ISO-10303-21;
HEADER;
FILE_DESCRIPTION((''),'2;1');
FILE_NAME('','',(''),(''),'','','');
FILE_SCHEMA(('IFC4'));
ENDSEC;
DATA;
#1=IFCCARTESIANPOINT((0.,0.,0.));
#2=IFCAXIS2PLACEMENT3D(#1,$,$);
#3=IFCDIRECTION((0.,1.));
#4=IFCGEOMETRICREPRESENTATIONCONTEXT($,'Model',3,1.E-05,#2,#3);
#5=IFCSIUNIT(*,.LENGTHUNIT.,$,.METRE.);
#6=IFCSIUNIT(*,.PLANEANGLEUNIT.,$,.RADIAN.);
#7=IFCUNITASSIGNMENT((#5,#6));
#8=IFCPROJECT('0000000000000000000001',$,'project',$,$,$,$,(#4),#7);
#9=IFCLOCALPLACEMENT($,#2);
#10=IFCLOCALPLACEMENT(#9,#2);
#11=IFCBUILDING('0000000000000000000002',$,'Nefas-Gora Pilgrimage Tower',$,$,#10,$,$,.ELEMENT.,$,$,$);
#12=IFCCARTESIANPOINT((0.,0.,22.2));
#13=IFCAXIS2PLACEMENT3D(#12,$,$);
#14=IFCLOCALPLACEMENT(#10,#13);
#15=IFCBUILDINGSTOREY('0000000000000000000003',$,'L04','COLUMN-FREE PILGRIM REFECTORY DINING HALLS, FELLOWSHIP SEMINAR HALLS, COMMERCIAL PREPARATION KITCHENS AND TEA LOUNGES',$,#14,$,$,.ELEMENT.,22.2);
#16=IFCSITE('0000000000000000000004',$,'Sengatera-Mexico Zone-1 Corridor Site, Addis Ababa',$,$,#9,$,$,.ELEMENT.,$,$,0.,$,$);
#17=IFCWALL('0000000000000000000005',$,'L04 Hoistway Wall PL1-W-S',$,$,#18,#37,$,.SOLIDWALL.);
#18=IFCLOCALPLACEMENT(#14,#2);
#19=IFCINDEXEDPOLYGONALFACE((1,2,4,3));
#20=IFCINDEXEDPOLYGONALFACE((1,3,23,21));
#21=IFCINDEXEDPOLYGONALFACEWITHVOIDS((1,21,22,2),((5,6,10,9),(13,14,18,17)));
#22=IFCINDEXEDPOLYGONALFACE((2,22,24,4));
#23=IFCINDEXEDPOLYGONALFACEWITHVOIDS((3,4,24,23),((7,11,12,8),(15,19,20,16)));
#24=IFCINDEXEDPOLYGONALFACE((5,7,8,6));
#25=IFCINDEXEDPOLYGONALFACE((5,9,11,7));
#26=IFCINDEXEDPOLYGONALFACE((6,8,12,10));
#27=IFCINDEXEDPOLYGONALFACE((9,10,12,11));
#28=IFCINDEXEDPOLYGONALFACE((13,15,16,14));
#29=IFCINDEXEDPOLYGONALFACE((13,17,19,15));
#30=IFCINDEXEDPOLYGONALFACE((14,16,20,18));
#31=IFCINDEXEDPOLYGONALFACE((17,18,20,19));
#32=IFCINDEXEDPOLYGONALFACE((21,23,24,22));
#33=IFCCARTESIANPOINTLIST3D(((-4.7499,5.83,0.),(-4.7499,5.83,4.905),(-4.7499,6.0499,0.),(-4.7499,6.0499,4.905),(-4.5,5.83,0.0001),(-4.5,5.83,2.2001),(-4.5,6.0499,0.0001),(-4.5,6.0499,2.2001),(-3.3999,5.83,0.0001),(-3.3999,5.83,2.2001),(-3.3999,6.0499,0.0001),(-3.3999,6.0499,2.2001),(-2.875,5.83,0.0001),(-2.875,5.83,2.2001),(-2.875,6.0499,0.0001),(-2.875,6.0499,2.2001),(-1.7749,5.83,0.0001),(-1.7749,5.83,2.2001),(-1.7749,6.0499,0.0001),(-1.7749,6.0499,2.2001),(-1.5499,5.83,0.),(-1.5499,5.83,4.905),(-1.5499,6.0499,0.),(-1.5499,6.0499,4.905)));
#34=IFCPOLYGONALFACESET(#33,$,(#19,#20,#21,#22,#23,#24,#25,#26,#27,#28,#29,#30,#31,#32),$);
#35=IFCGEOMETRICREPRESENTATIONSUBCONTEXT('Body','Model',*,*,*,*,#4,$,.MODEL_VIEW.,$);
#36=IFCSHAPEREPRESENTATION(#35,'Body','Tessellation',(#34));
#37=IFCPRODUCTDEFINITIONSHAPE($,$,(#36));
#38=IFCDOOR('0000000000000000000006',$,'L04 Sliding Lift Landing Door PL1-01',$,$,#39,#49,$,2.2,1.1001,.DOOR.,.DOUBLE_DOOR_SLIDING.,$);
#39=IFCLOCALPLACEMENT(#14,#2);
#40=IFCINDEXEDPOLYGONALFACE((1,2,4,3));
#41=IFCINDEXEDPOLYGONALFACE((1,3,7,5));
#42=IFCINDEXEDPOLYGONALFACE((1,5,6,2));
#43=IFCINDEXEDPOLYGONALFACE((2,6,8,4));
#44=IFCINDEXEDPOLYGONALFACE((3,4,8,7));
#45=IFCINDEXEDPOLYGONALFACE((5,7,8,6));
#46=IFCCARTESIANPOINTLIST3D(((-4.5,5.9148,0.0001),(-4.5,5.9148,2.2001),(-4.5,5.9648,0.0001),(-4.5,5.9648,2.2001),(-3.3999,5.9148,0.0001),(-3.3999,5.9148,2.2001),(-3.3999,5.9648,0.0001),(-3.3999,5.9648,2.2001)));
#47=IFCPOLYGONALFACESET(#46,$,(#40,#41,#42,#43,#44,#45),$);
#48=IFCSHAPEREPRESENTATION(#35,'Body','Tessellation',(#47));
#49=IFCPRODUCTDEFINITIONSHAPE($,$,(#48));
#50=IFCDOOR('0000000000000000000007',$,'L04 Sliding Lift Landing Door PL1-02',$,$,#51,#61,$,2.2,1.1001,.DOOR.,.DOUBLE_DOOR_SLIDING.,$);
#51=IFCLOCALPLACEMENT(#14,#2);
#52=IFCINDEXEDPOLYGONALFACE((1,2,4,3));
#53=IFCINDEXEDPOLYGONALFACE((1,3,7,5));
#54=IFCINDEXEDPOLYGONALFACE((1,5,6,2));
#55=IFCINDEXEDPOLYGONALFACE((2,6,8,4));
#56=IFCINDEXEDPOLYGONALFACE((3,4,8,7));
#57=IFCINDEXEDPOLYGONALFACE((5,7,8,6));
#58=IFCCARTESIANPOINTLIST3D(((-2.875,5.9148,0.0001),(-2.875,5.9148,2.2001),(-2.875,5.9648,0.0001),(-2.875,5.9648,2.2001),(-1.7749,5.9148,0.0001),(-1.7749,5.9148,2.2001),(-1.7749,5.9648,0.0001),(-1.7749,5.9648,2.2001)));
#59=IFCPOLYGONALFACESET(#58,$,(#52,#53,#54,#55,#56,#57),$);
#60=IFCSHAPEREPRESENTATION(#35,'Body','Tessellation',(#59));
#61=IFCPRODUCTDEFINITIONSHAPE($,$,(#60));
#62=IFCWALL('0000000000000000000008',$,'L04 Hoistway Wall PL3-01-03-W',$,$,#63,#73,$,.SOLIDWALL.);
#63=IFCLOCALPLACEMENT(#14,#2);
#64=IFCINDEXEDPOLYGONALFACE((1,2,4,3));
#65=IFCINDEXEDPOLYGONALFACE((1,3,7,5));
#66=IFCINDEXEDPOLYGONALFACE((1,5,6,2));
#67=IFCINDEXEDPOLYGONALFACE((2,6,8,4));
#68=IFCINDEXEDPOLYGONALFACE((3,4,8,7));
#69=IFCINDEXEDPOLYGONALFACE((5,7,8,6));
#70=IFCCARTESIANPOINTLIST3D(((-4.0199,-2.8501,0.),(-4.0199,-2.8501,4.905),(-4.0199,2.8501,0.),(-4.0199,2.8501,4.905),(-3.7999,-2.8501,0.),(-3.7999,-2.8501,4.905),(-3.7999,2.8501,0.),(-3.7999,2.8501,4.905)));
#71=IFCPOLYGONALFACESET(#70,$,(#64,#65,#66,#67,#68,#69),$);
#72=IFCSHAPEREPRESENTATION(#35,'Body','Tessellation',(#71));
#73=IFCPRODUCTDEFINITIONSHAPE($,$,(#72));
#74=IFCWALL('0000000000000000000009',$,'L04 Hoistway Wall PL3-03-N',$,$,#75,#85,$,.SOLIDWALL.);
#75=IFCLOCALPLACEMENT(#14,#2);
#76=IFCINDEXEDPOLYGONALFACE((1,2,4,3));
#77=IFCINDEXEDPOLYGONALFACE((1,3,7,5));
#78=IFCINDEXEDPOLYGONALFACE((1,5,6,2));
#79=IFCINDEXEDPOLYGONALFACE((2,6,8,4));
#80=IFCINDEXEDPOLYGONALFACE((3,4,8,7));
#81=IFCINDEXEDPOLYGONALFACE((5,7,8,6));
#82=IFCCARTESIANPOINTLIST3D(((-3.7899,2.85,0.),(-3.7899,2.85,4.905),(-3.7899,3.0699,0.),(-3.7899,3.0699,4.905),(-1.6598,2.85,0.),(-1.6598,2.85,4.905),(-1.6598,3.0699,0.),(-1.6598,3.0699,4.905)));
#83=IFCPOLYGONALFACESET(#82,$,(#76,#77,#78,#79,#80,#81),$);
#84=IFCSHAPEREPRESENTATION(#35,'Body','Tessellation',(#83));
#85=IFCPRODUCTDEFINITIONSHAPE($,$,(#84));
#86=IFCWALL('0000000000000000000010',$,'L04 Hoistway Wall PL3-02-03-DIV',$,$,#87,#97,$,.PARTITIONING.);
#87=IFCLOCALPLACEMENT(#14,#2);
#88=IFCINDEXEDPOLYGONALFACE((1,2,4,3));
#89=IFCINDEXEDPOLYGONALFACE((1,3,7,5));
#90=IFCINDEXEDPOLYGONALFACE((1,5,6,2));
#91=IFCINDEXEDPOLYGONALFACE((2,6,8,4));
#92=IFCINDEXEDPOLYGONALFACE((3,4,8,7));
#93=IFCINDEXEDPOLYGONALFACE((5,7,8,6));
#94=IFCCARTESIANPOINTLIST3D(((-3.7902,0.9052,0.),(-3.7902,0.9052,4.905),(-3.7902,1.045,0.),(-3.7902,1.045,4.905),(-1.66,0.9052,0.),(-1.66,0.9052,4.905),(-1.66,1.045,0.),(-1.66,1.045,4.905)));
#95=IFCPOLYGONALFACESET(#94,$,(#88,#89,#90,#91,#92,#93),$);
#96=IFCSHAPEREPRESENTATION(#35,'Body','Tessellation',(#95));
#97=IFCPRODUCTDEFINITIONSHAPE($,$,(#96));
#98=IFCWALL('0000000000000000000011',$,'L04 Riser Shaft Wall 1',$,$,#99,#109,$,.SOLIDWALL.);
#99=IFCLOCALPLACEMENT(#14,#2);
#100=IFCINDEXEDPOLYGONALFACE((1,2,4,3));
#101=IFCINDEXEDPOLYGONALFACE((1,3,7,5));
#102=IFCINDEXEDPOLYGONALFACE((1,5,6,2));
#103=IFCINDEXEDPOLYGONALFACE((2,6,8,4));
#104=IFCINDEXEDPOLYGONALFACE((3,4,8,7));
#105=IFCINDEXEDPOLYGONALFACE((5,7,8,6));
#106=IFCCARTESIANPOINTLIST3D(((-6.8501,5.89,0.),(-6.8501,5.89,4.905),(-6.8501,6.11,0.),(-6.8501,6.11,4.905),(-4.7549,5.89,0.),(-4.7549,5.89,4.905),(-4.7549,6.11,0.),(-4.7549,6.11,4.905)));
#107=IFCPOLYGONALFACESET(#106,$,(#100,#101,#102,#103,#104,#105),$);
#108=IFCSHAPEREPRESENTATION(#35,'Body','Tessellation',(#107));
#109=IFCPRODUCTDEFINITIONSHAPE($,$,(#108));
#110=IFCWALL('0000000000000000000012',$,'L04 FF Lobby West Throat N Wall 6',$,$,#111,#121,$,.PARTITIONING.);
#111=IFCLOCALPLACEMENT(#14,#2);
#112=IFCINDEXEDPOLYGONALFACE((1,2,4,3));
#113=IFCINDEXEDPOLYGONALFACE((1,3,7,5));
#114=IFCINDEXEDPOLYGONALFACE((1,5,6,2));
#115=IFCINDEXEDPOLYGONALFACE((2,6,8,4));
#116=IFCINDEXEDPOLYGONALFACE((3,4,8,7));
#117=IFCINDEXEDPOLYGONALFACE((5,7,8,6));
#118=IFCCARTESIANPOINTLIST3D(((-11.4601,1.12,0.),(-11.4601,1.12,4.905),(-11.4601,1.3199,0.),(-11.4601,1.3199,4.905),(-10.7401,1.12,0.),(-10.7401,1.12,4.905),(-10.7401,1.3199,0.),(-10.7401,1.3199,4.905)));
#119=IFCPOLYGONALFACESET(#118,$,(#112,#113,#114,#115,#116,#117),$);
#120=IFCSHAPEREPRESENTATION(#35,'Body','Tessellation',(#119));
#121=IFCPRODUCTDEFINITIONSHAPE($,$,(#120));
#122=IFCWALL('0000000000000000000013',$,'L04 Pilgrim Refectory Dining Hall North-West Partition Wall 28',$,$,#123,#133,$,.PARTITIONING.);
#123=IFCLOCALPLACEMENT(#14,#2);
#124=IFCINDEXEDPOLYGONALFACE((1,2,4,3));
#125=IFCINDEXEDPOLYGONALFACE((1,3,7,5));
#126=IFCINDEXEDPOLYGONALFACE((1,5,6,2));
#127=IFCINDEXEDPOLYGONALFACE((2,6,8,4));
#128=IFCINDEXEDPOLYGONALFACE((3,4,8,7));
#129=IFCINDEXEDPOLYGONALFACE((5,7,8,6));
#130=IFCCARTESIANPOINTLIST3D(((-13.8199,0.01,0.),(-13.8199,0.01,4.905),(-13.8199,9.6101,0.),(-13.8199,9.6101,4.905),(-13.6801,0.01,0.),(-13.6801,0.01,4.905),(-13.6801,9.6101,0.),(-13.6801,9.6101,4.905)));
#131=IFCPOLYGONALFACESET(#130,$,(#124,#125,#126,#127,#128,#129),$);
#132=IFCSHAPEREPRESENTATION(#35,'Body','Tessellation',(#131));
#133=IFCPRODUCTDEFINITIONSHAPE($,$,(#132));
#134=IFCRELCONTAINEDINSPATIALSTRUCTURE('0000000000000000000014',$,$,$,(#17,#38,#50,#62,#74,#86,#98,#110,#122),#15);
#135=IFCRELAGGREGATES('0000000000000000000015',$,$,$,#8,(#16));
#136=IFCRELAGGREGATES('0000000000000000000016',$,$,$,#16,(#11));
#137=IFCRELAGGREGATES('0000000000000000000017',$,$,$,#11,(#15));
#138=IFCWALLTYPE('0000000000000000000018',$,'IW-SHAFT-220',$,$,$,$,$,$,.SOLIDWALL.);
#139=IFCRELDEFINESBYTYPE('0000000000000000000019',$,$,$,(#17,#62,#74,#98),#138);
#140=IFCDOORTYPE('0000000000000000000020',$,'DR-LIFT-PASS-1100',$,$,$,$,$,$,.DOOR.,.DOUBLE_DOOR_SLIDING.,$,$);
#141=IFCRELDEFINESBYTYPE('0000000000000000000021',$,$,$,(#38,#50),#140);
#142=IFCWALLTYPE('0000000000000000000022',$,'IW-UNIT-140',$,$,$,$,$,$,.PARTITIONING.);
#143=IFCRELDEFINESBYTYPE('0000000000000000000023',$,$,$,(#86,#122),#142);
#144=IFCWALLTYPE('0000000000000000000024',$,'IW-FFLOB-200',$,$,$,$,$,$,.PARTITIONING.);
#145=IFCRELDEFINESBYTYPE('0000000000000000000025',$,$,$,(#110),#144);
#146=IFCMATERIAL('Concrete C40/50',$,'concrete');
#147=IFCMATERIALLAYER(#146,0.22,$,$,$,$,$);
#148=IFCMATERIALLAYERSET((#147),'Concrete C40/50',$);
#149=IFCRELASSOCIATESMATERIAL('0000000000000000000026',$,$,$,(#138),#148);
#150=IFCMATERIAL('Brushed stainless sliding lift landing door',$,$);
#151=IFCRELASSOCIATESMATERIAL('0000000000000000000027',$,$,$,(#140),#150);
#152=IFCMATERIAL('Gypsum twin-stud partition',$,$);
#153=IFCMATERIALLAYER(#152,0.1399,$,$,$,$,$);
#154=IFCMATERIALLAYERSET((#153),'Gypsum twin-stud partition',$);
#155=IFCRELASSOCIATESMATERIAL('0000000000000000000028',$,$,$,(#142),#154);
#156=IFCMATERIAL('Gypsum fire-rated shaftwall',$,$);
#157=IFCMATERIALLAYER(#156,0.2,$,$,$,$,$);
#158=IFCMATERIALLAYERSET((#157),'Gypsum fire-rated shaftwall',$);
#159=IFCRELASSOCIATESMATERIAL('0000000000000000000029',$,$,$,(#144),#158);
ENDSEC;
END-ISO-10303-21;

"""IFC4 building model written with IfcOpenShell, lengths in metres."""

from ifc_helpers import new_model, si_unit, direction, frame, frame_2d, origin, place, context, subcontext, project, spatial, rectangle, extrude, source, transform, mapped, material, layer, layer_set, type_object, element, fill, save


model = new_model("IFC4")

# Units and contexts
model_context = context("Model", 3, precision=1e-05, world=origin(), true_north=direction((0.0, 1.0)))
body_context = subcontext(model_context, "Body", "Model", "MODEL_VIEW")
ifc_project = project(units=[si_unit("LENGTHUNIT", "METRE"), si_unit("PLANEANGLEUNIT", "RADIAN")], contexts=[model_context])

# Site, building, storey
site_placement = place(None, origin())
site = spatial("IfcSite", under=ifc_project, at=site_placement, Name="Sengatera-Mexico Zone-1 Corridor Site, Addis Ababa", CompositionType="ELEMENT", RefElevation=0.0)
building_placement = place(site_placement, origin())
building = spatial("IfcBuilding", under=site, at=building_placement, Name="Nefas-Gora Pilgrimage Tower", CompositionType="ELEMENT")
storey_placement = place(building_placement, frame((0.0, 0.0, 22.2)))
storey = spatial("IfcBuildingStorey", under=building, at=storey_placement, Name="L04", Description="COLUMN-FREE PILGRIM REFECTORY DINING HALLS, FELLOWSHIP SEMINAR HALLS, COMMERCIAL PREPARATION KITCHENS AND TEA LOUNGES", CompositionType="ELEMENT", Elevation=22.2)

# Shared definitions
ifc_material_1 = material(Name="Concrete C40/50", Category="concrete")
ifc_layer_1 = layer(ifc_material_1, 0.22)
ifc_layer_set_1 = layer_set([ifc_layer_1], Name="Concrete C40/50")
wall_type_1 = type_object("IfcWallType", Name="IW-SHAFT-220", PredefinedType="SOLIDWALL", material=ifc_layer_set_1)

# Wall, openings, doors
shared_shape_1 = source(origin(), body_context, "Body", "SweptSolid", [
    extrude(rectangle(XDim=3.2, YDim=0.22, at=frame_2d((1.6001, 0.0))), origin(), (0.0, 0.0, 1.0), 4.905),
])
wall_1_placement = place(storey_placement, frame((-4.75, 5.9399, 0.0), z_axis=(0.0, 0.0, 1.0), x_axis=(1.0, 0.0, 0.0)))
wall_1 = element("IfcWall", 1, at=wall_1_placement, inside=storey, type_object=wall_type_1, Name="L04 Hoistway Wall PL1-W-S", PredefinedType="SOLIDWALL", context=body_context, shape_type="MappedRepresentation", body=[
    mapped(shared_shape_1, transform((0.0, 0.0, 0.0), x_axis=(1.0, 0.0, 0.0), y_axis=(0.0, 1.0, 0.0), z_axis=(0.0, 0.0, 1.0), scale=1.0)),
])
opening_1_placement = place(wall_1_placement, frame((0.25, 0.0, 0.0)))
opening_1 = element("IfcOpeningElement", 2, at=opening_1_placement, cuts=wall_1, PredefinedType="OPENING", context=body_context, shape_type="SweptSolid", body=[
    extrude(rectangle(XDim=1.1001, YDim=2.2, at=frame_2d((0.55, 1.1001))), frame((0.0, 0.1199, 0.0), z_axis=(0.0, -1.0, 0.0), x_axis=(1.0, 0.0, 0.0)), (0.0, 0.0, 1.0), 0.24),
])
opening_2_placement = place(wall_1_placement, frame((1.875, 0.0, 0.0)))
opening_2 = element("IfcOpeningElement", 3, at=opening_2_placement, cuts=wall_1, PredefinedType="OPENING", context=body_context, shape_type="SweptSolid", body=[
    extrude(rectangle(XDim=1.1001, YDim=2.2, at=frame_2d((0.55, 1.1001))), frame((0.0, 0.1199, 0.0), z_axis=(0.0, -1.0, 0.0), x_axis=(1.0, 0.0, 0.0)), (0.0, 0.0, 1.0), 0.24),
])
ifc_material_2 = material(Name="Brushed stainless sliding lift landing door")
door_type_1 = type_object("IfcDoorType", Name="DR-LIFT-PASS-1100", OperationType="DOUBLE_DOOR_SLIDING", PredefinedType="DOOR", material=ifc_material_2)
shared_shape_2 = source(origin(), body_context, "Body", "SweptSolid", [
    extrude(rectangle(XDim=1.1001, YDim=2.2, at=frame_2d((0.55, 1.1001))), frame((0.0, 0.0249, 0.0), z_axis=(0.0, -1.0, 0.0), x_axis=(1.0, 0.0, 0.0)), (0.0, 0.0, 1.0), 0.05),
])
door_1_placement = place(opening_1_placement, origin())
door_1 = element("IfcDoor", 4, at=door_1_placement, inside=storey, type_object=door_type_1, Name="L04 Sliding Lift Landing Door PL1-01", OperationType="DOUBLE_DOOR_SLIDING", OverallHeight=2.2, OverallWidth=1.1001, PredefinedType="DOOR", context=body_context, shape_type="MappedRepresentation", body=[
    mapped(shared_shape_2, transform((0.0, 0.0, 0.0), x_axis=(1.0, 0.0, 0.0), y_axis=(0.0, 1.0, 0.0), z_axis=(0.0, 0.0, 1.0), scale=1.0)),
])
fill(opening_1, door_1)
door_2_placement = place(opening_2_placement, origin())
door_2 = element("IfcDoor", 5, at=door_2_placement, inside=storey, type_object=door_type_1, Name="L04 Sliding Lift Landing Door PL1-02", OperationType="DOUBLE_DOOR_SLIDING", OverallHeight=2.2, OverallWidth=1.1001, PredefinedType="DOOR", context=body_context, shape_type="MappedRepresentation", body=[
    mapped(shared_shape_2, transform((0.0, 0.0, 0.0), x_axis=(1.0, 0.0, 0.0), y_axis=(0.0, 1.0, 0.0), z_axis=(0.0, 0.0, 1.0), scale=1.0)),
])
fill(opening_2, door_2)

# Walls
shared_shape_3 = source(origin(), body_context, "Body", "SweptSolid", [
    extrude(rectangle(XDim=5.7002, YDim=0.22, at=frame_2d((2.8501, 0.0))), origin(), (0.0, 0.0, 1.0), 4.905),
])
wall_2_placement = place(storey_placement, frame((-3.9099, 2.8501, 0.0), z_axis=(0.0, 0.0, 1.0), x_axis=(0.0, -1.0, 0.0)))
element("IfcWall", 6, at=wall_2_placement, inside=storey, type_object=wall_type_1, Name="L04 Hoistway Wall PL3-01-03-W", PredefinedType="SOLIDWALL", context=body_context, shape_type="MappedRepresentation", body=[
    mapped(shared_shape_3, transform((0.0, 0.0, 0.0), x_axis=(1.0, 0.0, 0.0), y_axis=(0.0, 1.0, 0.0), z_axis=(0.0, 0.0, 1.0), scale=1.0)),
])
shared_shape_4 = source(origin(), body_context, "Body", "SweptSolid", [
    extrude(rectangle(XDim=2.1301, YDim=0.22, at=frame_2d((1.0649, 0.0))), origin(), (0.0, 0.0, 1.0), 4.905),
])
wall_3_placement = place(storey_placement, frame((-1.6599, 2.96, 0.0), z_axis=(0.0, 0.0, 1.0), x_axis=(-1.0, 0.0, 0.0)))
element("IfcWall", 7, at=wall_3_placement, inside=storey, type_object=wall_type_1, Name="L04 Hoistway Wall PL3-03-N", PredefinedType="SOLIDWALL", context=body_context, shape_type="MappedRepresentation", body=[
    mapped(shared_shape_4, transform((0.0, 0.0, 0.0), x_axis=(1.0, 0.0, 0.0), y_axis=(0.0, 1.0, 0.0), z_axis=(0.0, 0.0, 1.0), scale=1.0)),
])
ifc_material_3 = material(Name="Gypsum twin-stud partition")
ifc_layer_2 = layer(ifc_material_3, 0.1399)
ifc_layer_set_2 = layer_set([ifc_layer_2], Name="Gypsum twin-stud partition")
wall_type_2 = type_object("IfcWallType", Name="IW-UNIT-140", PredefinedType="PARTITIONING", material=ifc_layer_set_2)
shared_shape_5 = source(origin(), body_context, "Body", "SweptSolid", [
    extrude(rectangle(XDim=2.1301, YDim=0.1399, at=frame_2d((1.0649, 0.0))), origin(), (0.0, 0.0, 1.0), 4.905),
])
wall_4_placement = place(storey_placement, frame((-3.79, 0.9751, 0.0), z_axis=(0.0, 0.0, 1.0), x_axis=(1.0, 0.0, 0.0)))
element("IfcWall", 8, at=wall_4_placement, inside=storey, type_object=wall_type_2, Name="L04 Hoistway Wall PL3-02-03-DIV", PredefinedType="PARTITIONING", context=body_context, shape_type="MappedRepresentation", body=[
    mapped(shared_shape_5, transform((0.0, 0.0, 0.0), x_axis=(1.0, 0.0, 0.0), y_axis=(0.0, 1.0, 0.0), z_axis=(0.0, 0.0, 1.0), scale=1.0)),
])
shared_shape_6 = source(origin(), body_context, "Body", "SweptSolid", [
    extrude(rectangle(XDim=2.0952, YDim=0.22, at=frame_2d((1.0476, 0.0))), origin(), (0.0, 0.0, 1.0), 4.905),
])
wall_5_placement = place(storey_placement, frame((-6.8501, 6.0, 0.0), z_axis=(0.0, 0.0, 1.0), x_axis=(1.0, 0.0, 0.0)))
element("IfcWall", 9, at=wall_5_placement, inside=storey, type_object=wall_type_1, Name="L04 Riser Shaft Wall 1", PredefinedType="SOLIDWALL", context=body_context, shape_type="MappedRepresentation", body=[
    mapped(shared_shape_6, transform((0.0, 0.0, 0.0), x_axis=(1.0, 0.0, 0.0), y_axis=(0.0, 1.0, 0.0), z_axis=(0.0, 0.0, 1.0), scale=1.0)),
])
ifc_material_4 = material(Name="Gypsum fire-rated shaftwall")
ifc_layer_3 = layer(ifc_material_4, 0.2)
ifc_layer_set_3 = layer_set([ifc_layer_3], Name="Gypsum fire-rated shaftwall")
wall_type_3 = type_object("IfcWallType", Name="IW-FFLOB-200", PredefinedType="PARTITIONING", material=ifc_layer_set_3)
shared_shape_7 = source(origin(), body_context, "Body", "SweptSolid", [
    extrude(rectangle(XDim=0.72, YDim=0.2, at=frame_2d((0.3599, 0.0))), origin(), (0.0, 0.0, 1.0), 4.905),
])
wall_6_placement = place(storey_placement, frame((-11.46, 1.22, 0.0), z_axis=(0.0, 0.0, 1.0), x_axis=(1.0, 0.0, 0.0)))
element("IfcWall", 10, at=wall_6_placement, inside=storey, type_object=wall_type_3, Name="L04 FF Lobby West Throat N Wall 6", PredefinedType="PARTITIONING", context=body_context, shape_type="MappedRepresentation", body=[
    mapped(shared_shape_7, transform((0.0, 0.0, 0.0), x_axis=(1.0, 0.0, 0.0), y_axis=(0.0, 1.0, 0.0), z_axis=(0.0, 0.0, 1.0), scale=1.0)),
])
shared_shape_8 = source(origin(), body_context, "Body", "SweptSolid", [
    extrude(rectangle(XDim=9.6001, YDim=0.1399, at=frame_2d((4.8, 0.0))), origin(), (0.0, 0.0, 1.0), 4.905),
])
wall_7_placement = place(storey_placement, frame((-13.75, 0.01, 0.0), z_axis=(0.0, 0.0, 1.0), x_axis=(0.0, 1.0, 0.0)))
element("IfcWall", 11, at=wall_7_placement, inside=storey, type_object=wall_type_2, Name="L04 Pilgrim Refectory Dining Hall North-West Partition Wall 28", PredefinedType="PARTITIONING", context=body_context, shape_type="MappedRepresentation", body=[
    mapped(shared_shape_8, transform((0.0, 0.0, 0.0), x_axis=(1.0, 0.0, 0.0), y_axis=(0.0, 1.0, 0.0), z_axis=(0.0, 0.0, 1.0), scale=1.0)),
])

save(model, "model.ifc")
